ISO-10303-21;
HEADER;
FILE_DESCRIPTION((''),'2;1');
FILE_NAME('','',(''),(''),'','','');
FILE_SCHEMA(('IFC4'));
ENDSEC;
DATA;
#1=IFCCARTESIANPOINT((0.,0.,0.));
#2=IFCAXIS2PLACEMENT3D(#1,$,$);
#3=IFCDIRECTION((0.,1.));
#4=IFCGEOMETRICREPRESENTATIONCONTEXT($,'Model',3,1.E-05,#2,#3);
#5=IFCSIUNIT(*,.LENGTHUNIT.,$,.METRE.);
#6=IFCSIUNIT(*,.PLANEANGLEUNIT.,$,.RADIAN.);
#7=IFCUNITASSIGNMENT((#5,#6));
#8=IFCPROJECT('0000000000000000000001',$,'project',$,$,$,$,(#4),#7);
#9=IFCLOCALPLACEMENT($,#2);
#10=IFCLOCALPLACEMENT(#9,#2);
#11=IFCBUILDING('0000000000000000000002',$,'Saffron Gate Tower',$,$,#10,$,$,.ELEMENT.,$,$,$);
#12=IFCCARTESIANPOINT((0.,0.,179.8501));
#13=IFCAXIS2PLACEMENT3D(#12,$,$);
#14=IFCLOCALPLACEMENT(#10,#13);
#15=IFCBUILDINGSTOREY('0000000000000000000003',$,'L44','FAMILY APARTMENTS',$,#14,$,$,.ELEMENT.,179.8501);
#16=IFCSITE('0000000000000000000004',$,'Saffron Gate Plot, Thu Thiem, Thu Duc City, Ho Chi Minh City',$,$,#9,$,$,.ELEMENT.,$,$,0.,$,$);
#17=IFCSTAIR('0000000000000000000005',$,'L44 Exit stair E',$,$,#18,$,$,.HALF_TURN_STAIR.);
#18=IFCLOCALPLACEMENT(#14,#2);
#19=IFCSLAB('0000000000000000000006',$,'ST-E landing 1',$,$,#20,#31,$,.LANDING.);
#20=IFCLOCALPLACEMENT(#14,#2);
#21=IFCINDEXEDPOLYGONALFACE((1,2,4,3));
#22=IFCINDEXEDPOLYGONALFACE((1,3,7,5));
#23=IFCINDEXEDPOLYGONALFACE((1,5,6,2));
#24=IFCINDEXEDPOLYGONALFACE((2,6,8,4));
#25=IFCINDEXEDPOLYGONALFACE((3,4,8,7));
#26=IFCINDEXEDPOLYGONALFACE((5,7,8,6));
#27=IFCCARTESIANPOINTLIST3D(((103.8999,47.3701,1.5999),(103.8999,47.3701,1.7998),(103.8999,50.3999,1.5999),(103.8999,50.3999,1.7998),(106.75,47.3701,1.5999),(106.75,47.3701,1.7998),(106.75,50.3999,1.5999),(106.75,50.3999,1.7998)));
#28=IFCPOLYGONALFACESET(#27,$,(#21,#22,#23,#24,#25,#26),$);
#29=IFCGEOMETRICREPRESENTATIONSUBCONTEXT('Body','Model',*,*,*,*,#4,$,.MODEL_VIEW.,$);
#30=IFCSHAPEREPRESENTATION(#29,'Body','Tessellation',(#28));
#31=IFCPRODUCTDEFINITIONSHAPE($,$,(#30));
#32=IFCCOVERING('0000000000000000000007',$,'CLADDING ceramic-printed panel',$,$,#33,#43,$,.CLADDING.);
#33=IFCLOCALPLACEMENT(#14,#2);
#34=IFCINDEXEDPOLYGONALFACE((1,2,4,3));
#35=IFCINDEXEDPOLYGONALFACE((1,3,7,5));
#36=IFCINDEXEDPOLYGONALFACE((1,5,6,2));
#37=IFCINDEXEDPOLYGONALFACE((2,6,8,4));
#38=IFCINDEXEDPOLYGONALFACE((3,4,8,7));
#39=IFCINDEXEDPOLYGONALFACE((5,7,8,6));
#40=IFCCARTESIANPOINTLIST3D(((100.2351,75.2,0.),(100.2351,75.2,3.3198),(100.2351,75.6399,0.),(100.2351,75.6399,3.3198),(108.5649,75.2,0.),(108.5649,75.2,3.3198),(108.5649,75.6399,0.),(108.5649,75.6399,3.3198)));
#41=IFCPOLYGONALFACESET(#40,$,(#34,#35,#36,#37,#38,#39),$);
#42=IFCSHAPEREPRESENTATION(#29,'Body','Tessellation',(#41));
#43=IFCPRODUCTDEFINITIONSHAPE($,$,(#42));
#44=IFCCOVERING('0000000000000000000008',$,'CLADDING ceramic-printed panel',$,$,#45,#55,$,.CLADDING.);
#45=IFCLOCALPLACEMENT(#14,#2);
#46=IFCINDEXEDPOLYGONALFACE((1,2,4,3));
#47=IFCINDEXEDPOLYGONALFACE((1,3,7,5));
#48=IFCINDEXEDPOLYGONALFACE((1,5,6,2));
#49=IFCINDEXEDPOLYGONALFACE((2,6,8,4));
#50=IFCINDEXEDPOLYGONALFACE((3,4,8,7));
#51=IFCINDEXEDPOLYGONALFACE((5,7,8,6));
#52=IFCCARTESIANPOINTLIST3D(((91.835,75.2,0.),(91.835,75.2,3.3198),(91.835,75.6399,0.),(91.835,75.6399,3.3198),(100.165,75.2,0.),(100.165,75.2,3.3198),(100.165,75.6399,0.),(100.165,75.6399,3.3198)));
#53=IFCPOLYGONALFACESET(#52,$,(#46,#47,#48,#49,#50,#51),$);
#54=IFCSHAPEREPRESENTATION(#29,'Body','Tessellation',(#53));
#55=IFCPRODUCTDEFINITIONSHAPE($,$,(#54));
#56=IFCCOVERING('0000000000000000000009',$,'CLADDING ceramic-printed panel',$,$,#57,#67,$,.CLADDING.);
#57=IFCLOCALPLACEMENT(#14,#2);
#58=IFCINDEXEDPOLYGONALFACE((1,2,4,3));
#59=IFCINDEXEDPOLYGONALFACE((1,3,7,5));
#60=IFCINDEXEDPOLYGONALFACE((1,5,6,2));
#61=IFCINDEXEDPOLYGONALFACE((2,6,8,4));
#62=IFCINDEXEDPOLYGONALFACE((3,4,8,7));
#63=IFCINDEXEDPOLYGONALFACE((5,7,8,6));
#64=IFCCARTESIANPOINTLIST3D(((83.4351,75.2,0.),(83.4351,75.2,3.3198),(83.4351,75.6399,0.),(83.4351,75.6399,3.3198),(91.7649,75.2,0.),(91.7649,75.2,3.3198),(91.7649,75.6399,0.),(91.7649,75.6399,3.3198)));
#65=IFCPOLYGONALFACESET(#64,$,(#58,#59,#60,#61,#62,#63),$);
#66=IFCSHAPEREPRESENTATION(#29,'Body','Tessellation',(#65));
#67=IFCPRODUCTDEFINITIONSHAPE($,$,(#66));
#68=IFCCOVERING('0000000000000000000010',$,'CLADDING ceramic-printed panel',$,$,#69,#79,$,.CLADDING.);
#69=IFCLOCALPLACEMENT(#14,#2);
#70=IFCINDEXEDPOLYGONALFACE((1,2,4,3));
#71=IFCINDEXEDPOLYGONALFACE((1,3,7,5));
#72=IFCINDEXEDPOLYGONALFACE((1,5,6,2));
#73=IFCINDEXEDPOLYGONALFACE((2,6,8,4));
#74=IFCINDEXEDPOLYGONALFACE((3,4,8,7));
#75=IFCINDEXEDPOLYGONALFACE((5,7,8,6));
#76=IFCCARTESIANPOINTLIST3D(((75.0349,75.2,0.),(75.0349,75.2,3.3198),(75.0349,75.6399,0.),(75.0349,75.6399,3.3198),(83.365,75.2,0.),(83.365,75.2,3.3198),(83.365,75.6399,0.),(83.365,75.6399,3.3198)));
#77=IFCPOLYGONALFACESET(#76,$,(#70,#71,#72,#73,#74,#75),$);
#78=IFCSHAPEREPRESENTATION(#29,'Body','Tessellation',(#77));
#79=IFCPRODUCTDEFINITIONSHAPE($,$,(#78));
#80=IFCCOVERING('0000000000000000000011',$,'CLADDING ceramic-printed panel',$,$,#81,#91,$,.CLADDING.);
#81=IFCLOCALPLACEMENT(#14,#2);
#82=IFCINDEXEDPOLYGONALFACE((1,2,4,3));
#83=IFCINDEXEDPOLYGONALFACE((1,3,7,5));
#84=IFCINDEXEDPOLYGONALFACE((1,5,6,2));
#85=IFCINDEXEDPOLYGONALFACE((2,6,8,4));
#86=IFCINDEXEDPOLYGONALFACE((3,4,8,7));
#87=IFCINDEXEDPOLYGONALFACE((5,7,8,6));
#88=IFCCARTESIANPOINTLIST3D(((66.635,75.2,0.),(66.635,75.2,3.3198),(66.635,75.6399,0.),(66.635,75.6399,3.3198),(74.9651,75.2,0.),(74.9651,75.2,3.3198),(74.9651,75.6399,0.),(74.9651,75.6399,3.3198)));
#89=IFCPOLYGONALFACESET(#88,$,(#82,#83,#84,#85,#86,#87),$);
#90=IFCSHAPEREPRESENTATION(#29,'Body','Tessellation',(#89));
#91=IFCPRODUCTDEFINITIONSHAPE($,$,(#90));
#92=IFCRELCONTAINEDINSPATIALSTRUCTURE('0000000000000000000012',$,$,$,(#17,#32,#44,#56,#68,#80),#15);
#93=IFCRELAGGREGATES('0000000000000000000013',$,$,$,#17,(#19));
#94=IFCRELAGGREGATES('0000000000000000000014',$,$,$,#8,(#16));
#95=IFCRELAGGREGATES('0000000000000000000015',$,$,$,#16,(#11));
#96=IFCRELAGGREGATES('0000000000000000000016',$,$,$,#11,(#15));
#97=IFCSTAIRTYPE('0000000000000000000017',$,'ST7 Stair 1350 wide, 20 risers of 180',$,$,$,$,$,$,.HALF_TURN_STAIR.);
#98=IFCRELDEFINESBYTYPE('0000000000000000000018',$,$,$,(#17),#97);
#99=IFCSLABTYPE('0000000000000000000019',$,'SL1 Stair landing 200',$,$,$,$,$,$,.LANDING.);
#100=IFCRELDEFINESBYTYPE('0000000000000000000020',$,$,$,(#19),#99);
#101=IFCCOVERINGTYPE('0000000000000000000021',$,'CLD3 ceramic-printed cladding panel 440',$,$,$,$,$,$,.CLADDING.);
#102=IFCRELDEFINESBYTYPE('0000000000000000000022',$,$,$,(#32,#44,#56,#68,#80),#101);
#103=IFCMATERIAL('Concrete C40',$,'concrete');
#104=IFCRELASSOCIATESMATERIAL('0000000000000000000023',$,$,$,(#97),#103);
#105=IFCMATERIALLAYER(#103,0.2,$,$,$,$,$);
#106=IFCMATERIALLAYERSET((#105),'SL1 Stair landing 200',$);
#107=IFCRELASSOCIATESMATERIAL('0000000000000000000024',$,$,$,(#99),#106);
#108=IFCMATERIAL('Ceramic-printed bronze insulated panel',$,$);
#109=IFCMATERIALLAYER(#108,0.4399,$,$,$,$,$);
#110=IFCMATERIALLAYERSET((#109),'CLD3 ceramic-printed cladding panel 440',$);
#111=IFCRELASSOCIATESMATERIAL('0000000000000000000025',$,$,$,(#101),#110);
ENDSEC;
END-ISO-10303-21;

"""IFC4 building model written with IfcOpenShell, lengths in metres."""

from ifc_helpers import new_model, si_unit, direction, frame, origin, place, context, subcontext, project, spatial, polyline, outline, extrude, material, layer, layer_set, type_object, element, aggregate, save


model = new_model("IFC4")

# Units and contexts
model_context = context("Model", 3, precision=1e-05, world=origin(), true_north=direction((0.0, 1.0)))
body_context = subcontext(model_context, "Body", "Model", "MODEL_VIEW")
ifc_project = project(units=[si_unit("LENGTHUNIT", "METRE"), si_unit("PLANEANGLEUNIT", "RADIAN")], contexts=[model_context])

# Site, building, storey
site_placement = place(None, origin())
site = spatial("IfcSite", under=ifc_project, at=site_placement, Name="Saffron Gate Plot, Thu Thiem, Thu Duc City, Ho Chi Minh City", CompositionType="ELEMENT", RefElevation=0.0)
building_placement = place(site_placement, origin())
building = spatial("IfcBuilding", under=site, at=building_placement, Name="Saffron Gate Tower", CompositionType="ELEMENT")
storey_placement = place(building_placement, frame((0.0, 0.0, 179.8501)))
storey = spatial("IfcBuildingStorey", under=building, at=storey_placement, Name="L44", Description="FAMILY APARTMENTS", CompositionType="ELEMENT", Elevation=179.8501)

# Shared definitions
ifc_material_1 = material(Name="Concrete C40", Category="concrete")

# Stair, slab
stair_type = type_object("IfcStairType", Name="ST7 Stair 1350 wide, 20 risers of 180", PredefinedType="HALF_TURN_STAIR", material=ifc_material_1)
ifc_layer_1 = layer(ifc_material_1, 0.2)
ifc_layer_set_1 = layer_set([ifc_layer_1], Name="SL1 Stair landing 200")
slab_type_1 = type_object("IfcSlabType", Name="SL1 Stair landing 200", PredefinedType="LANDING", material=ifc_layer_set_1)
stair_1_placement = place(storey_placement, origin())
stair_1 = element("IfcStair", 1, at=stair_1_placement, inside=storey, type_object=stair_type, Name="L44 Exit stair E", PredefinedType="HALF_TURN_STAIR")
slab_1_placement = place(storey_placement, frame((0.0, 0.0, 1.5999)))
slab_1 = element("IfcSlab", 2, at=slab_1_placement, type_object=slab_type_1, Name="ST-E landing 1", PredefinedType="LANDING", context=body_context, shape_type="SweptSolid", body=[
    extrude(outline(polyline([(106.75, 47.3701), (106.75, 50.3999), (103.8999, 50.3999), (103.8999, 47.3701), (106.75, 47.3701)])), origin(), (0.0, 0.0, 1.0), 0.2),
])
aggregate(stair_1, [slab_1])

# Coverings
ifc_material_2 = material(Name="Ceramic-printed bronze insulated panel")
ifc_layer_2 = layer(ifc_material_2, 0.4399)
ifc_layer_set_2 = layer_set([ifc_layer_2], Name="CLD3 ceramic-printed cladding panel 440")
covering_type = type_object("IfcCoveringType", Name="CLD3 ceramic-printed cladding panel 440", PredefinedType="CLADDING", material=ifc_layer_set_2)
covering_1_placement = place(storey_placement, origin())
element("IfcCovering", 3, at=covering_1_placement, inside=storey, type_object=covering_type, Name="CLADDING ceramic-printed panel", PredefinedType="CLADDING", context=body_context, shape_type="SweptSolid", body=[
    extrude(outline(polyline([(108.5649, 75.6399), (100.2351, 75.6399), (100.2351, 75.2), (108.5649, 75.2), (108.5649, 75.6399)])), origin(), (0.0, 0.0, 1.0), 3.3198),
])
covering_2_placement = place(storey_placement, origin())
element("IfcCovering", 4, at=covering_2_placement, inside=storey, type_object=covering_type, Name="CLADDING ceramic-printed panel", PredefinedType="CLADDING", context=body_context, shape_type="SweptSolid", body=[
    extrude(outline(polyline([(100.165, 75.6399), (91.835, 75.6399), (91.835, 75.2), (100.165, 75.2), (100.165, 75.6399)])), origin(), (0.0, 0.0, 1.0), 3.3198),
])
covering_3_placement = place(storey_placement, origin())
element("IfcCovering", 5, at=covering_3_placement, inside=storey, type_object=covering_type, Name="CLADDING ceramic-printed panel", PredefinedType="CLADDING", context=body_context, shape_type="SweptSolid", body=[
    extrude(outline(polyline([(91.7649, 75.6399), (83.4351, 75.6399), (83.4351, 75.2), (91.7649, 75.2), (91.7649, 75.6399)])), origin(), (0.0, 0.0, 1.0), 3.3198),
])
covering_4_placement = place(storey_placement, origin())
element("IfcCovering", 6, at=covering_4_placement, inside=storey, type_object=covering_type, Name="CLADDING ceramic-printed panel", PredefinedType="CLADDING", context=body_context, shape_type="SweptSolid", body=[
    extrude(outline(polyline([(83.365, 75.6399), (75.0349, 75.6399), (75.0349, 75.2), (83.365, 75.2), (83.365, 75.6399)])), origin(), (0.0, 0.0, 1.0), 3.3198),
])
covering_5_placement = place(storey_placement, origin())
element("IfcCovering", 7, at=covering_5_placement, inside=storey, type_object=covering_type, Name="CLADDING ceramic-printed panel", PredefinedType="CLADDING", context=body_context, shape_type="SweptSolid", body=[
    extrude(outline(polyline([(74.9651, 75.6399), (66.635, 75.6399), (66.635, 75.2), (74.9651, 75.2), (74.9651, 75.6399)])), origin(), (0.0, 0.0, 1.0), 3.3198),
])

save(model, "model.ifc")
